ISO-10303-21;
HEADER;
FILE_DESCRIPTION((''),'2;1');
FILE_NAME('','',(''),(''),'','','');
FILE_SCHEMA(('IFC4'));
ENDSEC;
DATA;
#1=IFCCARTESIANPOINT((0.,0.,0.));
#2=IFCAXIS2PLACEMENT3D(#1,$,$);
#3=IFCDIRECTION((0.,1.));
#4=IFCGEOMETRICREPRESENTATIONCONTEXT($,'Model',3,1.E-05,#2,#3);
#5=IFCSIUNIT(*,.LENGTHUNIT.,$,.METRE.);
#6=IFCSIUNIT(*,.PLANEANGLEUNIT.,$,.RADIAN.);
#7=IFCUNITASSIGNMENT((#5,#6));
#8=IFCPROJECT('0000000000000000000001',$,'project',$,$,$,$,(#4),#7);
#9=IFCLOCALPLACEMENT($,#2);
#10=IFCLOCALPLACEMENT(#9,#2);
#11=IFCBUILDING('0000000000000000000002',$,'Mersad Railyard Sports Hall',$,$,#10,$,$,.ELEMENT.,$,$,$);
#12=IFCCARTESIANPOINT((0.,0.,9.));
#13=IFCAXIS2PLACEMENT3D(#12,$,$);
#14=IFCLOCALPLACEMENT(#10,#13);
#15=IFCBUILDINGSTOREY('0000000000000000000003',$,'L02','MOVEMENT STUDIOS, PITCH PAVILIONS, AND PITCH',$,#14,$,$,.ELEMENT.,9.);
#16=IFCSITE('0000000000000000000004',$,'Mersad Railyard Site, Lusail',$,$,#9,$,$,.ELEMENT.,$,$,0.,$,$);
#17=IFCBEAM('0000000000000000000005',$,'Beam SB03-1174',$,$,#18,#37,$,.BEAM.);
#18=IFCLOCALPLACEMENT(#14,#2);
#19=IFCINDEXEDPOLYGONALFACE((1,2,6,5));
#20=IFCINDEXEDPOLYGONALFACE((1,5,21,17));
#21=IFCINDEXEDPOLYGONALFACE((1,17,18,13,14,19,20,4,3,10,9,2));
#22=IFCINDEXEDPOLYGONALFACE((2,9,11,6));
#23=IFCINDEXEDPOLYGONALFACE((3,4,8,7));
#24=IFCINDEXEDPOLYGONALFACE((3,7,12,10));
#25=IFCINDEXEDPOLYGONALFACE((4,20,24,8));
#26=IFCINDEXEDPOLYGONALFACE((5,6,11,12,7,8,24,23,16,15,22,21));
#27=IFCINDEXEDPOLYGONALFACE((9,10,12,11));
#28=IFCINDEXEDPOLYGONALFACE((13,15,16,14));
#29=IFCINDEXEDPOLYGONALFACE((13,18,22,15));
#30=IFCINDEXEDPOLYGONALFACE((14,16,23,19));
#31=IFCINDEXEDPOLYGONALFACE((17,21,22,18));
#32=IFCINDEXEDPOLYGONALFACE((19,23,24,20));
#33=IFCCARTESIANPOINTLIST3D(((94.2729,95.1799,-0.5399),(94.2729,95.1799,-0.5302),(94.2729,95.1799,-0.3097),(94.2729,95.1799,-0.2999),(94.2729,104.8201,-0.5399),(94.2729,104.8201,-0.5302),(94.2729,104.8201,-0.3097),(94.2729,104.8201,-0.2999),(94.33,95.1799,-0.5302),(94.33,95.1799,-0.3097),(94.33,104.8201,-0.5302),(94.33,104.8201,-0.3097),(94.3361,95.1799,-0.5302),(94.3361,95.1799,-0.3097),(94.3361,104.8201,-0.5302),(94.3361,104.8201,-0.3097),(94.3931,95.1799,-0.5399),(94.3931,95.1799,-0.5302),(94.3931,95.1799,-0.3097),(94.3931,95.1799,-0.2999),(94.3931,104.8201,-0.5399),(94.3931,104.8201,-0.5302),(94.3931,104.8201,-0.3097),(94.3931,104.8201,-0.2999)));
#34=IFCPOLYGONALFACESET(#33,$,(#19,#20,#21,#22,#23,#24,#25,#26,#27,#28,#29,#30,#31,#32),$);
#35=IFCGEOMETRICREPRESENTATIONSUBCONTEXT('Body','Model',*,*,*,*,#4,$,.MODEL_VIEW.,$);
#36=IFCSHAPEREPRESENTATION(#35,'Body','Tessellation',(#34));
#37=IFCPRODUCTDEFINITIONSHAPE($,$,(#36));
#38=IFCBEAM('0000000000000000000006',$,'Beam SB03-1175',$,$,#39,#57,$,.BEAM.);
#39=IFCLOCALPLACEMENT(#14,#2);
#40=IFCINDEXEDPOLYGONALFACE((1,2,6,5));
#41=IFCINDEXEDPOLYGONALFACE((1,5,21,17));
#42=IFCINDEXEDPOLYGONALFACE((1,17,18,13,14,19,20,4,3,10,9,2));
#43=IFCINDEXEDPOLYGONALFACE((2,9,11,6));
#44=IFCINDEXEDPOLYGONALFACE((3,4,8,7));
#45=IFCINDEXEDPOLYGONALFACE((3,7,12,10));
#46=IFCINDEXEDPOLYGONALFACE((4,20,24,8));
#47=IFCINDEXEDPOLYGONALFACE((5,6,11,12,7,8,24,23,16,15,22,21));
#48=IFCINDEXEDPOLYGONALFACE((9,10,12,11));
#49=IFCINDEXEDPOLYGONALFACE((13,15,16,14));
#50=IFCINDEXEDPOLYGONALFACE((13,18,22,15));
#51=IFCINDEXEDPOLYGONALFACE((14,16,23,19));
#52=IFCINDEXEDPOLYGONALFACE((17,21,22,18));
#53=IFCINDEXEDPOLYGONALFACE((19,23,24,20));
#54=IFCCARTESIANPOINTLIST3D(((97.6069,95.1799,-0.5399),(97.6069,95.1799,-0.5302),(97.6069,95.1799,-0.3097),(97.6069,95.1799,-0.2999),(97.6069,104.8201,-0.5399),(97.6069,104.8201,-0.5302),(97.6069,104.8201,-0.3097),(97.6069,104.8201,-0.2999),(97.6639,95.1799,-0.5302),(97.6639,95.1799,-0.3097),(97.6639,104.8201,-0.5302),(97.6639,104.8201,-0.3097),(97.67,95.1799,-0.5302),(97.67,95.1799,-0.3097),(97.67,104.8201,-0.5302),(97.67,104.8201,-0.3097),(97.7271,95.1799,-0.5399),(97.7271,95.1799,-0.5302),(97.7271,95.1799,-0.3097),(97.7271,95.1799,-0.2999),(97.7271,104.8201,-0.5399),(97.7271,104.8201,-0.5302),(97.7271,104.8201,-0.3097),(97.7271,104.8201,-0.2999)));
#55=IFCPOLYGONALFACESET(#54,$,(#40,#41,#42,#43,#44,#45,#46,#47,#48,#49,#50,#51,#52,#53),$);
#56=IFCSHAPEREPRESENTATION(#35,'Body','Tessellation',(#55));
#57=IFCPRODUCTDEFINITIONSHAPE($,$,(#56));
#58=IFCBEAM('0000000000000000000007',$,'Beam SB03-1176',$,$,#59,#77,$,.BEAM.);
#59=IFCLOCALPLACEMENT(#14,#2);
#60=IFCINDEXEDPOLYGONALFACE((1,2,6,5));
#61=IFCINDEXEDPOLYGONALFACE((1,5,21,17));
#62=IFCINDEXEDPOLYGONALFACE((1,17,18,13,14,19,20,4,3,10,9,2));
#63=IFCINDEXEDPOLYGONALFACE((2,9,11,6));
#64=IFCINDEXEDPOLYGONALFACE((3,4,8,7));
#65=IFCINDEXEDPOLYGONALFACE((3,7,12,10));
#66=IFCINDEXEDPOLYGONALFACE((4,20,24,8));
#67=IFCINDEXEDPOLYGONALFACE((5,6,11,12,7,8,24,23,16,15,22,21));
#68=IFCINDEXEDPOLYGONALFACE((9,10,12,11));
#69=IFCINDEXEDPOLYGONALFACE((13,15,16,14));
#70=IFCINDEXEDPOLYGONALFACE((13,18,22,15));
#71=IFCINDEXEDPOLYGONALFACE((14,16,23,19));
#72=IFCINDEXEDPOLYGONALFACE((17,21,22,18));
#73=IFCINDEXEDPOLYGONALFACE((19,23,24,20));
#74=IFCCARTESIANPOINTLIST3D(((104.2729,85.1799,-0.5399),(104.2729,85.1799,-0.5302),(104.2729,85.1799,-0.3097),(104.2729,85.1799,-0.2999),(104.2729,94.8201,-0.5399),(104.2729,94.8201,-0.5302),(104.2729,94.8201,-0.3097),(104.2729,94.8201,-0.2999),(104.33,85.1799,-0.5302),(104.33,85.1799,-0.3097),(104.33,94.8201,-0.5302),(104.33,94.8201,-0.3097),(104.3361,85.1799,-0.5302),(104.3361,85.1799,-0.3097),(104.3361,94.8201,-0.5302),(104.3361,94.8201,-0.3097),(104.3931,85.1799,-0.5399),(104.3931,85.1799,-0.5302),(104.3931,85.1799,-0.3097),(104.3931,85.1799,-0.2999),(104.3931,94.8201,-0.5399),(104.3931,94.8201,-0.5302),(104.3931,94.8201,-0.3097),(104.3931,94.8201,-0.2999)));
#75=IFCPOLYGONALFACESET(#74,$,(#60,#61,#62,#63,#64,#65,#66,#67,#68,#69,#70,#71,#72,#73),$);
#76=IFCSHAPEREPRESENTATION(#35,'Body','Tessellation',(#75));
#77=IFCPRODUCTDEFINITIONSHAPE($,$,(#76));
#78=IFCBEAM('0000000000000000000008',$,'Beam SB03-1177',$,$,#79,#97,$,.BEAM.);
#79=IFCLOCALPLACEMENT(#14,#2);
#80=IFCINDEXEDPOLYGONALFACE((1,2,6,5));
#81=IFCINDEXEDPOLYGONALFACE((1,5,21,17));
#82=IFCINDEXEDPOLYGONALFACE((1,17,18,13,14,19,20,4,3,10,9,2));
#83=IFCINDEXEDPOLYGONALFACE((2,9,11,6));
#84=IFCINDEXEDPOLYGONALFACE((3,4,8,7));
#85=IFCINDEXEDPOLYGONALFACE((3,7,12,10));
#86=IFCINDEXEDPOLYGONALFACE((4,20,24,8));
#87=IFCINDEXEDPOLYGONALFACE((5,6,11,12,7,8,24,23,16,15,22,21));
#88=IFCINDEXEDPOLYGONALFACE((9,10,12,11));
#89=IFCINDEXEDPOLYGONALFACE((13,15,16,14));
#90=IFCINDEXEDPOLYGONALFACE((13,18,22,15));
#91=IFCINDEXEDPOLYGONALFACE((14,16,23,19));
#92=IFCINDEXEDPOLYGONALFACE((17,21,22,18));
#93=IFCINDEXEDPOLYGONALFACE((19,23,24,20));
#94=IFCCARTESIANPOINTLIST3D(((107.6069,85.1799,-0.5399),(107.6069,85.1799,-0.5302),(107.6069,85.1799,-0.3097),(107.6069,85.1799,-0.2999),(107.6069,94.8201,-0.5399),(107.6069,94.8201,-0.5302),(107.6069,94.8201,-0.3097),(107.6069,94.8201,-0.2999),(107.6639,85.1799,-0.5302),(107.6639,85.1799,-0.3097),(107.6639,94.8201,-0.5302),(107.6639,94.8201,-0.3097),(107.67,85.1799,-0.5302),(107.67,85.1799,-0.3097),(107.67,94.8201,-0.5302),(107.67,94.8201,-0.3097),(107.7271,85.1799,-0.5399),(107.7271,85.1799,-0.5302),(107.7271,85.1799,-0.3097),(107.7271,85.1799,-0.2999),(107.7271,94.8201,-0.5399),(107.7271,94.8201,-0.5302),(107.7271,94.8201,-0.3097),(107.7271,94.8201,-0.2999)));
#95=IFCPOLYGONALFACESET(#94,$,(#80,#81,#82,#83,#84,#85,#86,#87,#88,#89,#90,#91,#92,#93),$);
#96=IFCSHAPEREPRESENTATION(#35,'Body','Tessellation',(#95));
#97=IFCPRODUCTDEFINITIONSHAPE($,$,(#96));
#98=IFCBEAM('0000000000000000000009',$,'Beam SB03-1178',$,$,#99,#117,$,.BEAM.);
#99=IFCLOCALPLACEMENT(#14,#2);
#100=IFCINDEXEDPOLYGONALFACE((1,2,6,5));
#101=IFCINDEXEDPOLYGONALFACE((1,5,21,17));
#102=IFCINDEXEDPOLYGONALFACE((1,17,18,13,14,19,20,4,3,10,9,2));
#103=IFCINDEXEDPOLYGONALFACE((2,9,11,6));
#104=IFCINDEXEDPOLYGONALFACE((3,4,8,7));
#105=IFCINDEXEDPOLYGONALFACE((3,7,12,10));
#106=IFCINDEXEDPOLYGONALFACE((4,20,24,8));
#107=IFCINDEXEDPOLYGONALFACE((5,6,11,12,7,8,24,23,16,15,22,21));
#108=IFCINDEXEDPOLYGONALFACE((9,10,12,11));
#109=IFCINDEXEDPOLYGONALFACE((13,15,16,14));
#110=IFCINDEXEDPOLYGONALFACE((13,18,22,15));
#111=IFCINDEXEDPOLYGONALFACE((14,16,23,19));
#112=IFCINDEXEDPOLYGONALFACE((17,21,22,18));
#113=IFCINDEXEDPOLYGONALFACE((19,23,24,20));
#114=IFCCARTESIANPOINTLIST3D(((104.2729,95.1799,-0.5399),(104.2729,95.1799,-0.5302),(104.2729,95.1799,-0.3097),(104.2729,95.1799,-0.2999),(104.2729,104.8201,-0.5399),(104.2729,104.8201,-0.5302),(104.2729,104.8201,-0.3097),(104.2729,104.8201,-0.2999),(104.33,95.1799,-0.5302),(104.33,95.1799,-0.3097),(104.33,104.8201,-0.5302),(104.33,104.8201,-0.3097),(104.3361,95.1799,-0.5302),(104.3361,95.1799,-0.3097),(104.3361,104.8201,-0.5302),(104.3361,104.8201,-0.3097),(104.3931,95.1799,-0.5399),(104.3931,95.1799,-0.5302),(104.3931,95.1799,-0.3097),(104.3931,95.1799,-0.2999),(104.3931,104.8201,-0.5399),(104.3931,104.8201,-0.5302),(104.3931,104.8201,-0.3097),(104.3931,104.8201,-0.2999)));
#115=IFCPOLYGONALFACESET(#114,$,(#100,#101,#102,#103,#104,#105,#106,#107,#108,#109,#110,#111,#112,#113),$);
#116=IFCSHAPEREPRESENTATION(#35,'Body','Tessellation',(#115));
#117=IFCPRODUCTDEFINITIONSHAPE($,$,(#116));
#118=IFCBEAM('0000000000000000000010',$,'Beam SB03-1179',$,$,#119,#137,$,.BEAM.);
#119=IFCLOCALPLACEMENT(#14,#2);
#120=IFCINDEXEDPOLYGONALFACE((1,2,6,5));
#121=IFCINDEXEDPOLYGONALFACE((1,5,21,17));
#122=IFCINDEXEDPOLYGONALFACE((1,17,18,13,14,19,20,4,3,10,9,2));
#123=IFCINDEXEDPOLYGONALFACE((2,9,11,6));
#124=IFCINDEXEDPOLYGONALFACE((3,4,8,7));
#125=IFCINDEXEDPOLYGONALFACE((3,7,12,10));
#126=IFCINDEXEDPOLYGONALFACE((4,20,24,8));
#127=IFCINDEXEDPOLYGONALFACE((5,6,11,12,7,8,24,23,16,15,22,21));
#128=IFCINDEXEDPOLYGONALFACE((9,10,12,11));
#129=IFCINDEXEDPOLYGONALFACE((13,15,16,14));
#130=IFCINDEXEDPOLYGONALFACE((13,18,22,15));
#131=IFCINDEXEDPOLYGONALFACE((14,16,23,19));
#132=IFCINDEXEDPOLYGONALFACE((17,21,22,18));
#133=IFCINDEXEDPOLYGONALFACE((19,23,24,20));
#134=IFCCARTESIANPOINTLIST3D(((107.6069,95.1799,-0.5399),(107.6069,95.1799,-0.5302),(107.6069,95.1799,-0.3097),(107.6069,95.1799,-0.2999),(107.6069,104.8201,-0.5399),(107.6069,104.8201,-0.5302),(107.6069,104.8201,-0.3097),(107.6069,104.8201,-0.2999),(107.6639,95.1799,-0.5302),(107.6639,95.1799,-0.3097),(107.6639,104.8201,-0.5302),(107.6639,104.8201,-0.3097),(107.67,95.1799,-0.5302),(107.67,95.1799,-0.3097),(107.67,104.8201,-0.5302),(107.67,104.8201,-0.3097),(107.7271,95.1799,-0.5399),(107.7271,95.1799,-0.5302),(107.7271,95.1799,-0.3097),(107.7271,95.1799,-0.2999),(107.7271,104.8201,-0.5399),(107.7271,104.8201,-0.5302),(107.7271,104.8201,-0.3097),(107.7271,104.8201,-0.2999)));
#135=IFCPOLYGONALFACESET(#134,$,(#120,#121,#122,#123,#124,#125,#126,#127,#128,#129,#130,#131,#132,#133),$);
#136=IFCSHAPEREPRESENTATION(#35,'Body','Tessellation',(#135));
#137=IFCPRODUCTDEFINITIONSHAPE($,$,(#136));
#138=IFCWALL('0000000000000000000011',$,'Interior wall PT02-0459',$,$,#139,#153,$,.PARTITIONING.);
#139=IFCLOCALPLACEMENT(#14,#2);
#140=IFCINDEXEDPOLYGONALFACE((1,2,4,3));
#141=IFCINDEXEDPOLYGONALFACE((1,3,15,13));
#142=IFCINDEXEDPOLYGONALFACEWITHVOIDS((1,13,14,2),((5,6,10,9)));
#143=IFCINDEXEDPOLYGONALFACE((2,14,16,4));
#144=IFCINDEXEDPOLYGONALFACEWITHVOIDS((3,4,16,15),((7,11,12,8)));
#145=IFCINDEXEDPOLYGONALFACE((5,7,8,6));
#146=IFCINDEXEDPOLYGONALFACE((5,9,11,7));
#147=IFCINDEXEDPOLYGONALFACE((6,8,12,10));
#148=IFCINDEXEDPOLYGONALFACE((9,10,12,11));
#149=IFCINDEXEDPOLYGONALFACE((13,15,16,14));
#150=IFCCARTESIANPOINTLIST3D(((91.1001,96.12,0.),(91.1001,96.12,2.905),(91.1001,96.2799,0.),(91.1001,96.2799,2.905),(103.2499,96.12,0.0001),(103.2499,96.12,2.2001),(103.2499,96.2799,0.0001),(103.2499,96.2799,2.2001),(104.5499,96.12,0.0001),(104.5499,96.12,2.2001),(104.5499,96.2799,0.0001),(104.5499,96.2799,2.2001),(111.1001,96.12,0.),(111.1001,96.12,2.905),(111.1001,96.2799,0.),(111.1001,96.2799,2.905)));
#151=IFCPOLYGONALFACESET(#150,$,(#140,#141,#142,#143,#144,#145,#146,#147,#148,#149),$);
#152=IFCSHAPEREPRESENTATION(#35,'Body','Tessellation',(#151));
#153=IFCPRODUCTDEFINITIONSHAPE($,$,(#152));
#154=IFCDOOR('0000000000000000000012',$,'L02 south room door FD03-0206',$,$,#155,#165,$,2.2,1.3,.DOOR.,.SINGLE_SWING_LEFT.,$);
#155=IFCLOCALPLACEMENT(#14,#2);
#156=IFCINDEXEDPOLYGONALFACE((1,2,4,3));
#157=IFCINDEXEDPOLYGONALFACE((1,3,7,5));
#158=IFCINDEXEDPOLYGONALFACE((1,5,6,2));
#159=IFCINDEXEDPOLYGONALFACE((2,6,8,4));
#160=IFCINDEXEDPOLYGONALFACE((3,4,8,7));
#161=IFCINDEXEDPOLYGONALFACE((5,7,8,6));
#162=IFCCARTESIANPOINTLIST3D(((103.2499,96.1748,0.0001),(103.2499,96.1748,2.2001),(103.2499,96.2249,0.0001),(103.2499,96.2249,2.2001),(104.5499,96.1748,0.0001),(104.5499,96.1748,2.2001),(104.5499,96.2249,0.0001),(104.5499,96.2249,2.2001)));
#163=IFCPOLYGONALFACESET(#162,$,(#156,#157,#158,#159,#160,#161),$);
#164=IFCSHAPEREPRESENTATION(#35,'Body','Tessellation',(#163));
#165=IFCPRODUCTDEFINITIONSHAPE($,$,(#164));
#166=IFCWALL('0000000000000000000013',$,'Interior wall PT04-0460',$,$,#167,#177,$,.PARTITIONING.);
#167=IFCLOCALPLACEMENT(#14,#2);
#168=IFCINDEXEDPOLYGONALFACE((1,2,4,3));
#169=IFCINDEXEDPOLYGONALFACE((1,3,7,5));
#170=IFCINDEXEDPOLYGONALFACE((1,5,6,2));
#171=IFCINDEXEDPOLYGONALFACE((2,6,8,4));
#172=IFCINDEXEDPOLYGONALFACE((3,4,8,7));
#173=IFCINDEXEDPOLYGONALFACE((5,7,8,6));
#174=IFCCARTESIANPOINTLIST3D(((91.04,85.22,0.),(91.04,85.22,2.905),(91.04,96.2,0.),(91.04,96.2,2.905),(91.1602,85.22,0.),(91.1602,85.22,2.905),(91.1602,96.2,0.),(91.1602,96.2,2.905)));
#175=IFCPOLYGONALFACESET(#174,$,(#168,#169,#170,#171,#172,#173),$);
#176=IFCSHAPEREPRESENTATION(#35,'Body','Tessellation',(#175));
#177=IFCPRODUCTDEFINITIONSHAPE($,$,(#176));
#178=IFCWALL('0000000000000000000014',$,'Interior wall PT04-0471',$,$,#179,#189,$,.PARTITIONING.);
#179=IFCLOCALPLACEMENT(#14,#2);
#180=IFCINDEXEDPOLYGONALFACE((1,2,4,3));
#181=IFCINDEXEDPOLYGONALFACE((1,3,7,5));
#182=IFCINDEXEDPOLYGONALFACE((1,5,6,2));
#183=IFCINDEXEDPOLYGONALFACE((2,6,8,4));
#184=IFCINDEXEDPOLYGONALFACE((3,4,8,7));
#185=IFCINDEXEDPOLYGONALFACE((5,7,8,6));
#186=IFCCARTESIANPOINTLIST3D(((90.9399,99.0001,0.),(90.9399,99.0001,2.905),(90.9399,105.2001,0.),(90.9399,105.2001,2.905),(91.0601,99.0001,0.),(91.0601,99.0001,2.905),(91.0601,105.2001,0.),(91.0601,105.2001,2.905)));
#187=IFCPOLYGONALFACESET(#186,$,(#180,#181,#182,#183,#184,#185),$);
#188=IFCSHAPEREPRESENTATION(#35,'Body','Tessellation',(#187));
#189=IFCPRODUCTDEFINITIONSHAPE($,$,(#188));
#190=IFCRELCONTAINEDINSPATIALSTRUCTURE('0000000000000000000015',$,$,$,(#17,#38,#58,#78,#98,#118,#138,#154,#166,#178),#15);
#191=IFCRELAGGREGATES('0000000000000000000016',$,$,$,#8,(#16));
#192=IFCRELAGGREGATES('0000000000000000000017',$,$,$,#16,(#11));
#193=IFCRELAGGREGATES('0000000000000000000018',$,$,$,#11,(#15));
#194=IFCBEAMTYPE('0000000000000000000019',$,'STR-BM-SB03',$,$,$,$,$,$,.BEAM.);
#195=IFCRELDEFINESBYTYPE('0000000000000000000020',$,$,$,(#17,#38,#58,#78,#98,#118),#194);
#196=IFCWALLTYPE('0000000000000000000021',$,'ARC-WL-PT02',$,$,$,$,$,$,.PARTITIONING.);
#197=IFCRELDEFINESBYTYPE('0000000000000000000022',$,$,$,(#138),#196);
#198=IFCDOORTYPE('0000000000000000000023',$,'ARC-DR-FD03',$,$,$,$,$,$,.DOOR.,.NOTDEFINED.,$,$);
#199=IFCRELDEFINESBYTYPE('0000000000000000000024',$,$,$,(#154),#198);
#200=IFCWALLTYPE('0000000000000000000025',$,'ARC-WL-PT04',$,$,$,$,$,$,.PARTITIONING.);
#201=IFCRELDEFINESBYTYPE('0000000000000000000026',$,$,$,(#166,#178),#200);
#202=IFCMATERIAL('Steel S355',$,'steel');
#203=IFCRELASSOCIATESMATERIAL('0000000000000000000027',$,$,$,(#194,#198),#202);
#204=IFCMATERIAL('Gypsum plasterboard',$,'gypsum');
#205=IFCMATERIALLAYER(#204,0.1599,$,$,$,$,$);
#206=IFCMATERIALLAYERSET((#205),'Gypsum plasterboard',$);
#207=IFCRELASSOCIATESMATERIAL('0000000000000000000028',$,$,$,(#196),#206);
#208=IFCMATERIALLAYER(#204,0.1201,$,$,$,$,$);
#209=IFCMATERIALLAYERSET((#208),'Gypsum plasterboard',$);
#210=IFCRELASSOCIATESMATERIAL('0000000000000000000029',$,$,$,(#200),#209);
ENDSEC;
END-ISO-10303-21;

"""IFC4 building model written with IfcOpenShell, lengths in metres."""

from ifc_helpers import new_model, si_unit, direction, frame, frame_2d, origin, origin_2d, place, context, subcontext, project, spatial, rectangle, i_section, extrude, material, layer, layer_set, material_profile, profile_set, type_object, element, fill, save


model = new_model("IFC4")

# Units and contexts
model_context = context("Model", 3, precision=1e-05, world=origin(), true_north=direction((0.0, 1.0)))
body_context = subcontext(model_context, "Body", "Model", "MODEL_VIEW")
ifc_project = project(units=[si_unit("LENGTHUNIT", "METRE"), si_unit("PLANEANGLEUNIT", "RADIAN")], contexts=[model_context])

# Site, building, storey
site_placement = place(None, origin())
site = spatial("IfcSite", under=ifc_project, at=site_placement, Name="Mersad Railyard Site, Lusail", CompositionType="ELEMENT", RefElevation=0.0)
building_placement = place(site_placement, origin())
building = spatial("IfcBuilding", under=site, at=building_placement, Name="Mersad Railyard Sports Hall", CompositionType="ELEMENT")
storey_placement = place(building_placement, frame((0.0, 0.0, 9.0)))
storey = spatial("IfcBuildingStorey", under=building, at=storey_placement, Name="L02", Description="MOVEMENT STUDIOS, PITCH PAVILIONS, AND PITCH", CompositionType="ELEMENT", Elevation=9.0)

# Beams
ifc_material_1 = material(Name="Steel S355", Category="steel")
ifc_material_profile_1 = material_profile(ifc_material_1, i_section(OverallWidth=0.1201, OverallDepth=0.24, WebThickness=0.0061, FlangeThickness=0.0098, at=origin_2d()), Name="IPE 240")
ifc_profile_set_1 = profile_set([ifc_material_profile_1], Name="Steel S355")
beam_type_1 = type_object("IfcBeamType", Name="STR-BM-SB03", PredefinedType="BEAM", material=ifc_profile_set_1)
for number, where, z_axis, x_axis, name in (
    (1, (94.333, 95.1799, -0.4199), (0.0, 1.0, 0.0), (-1.0, 0.0, 0.0), "Beam SB03-1174"),
    (2, (97.667, 95.1799, -0.4199), (0.0, 1.0, 0.0), (-1.0, 0.0, 0.0), "Beam SB03-1175"),
    (3, (104.333, 85.1799, -0.4199), (0.0, 1.0, 0.0), (-1.0, 0.0, 0.0), "Beam SB03-1176"),
    (4, (107.667, 85.1799, -0.4199), (0.0, 1.0, 0.0), (-1.0, 0.0, 0.0), "Beam SB03-1177"),
    (5, (104.333, 95.1799, -0.4199), (0.0, 1.0, 0.0), (-1.0, 0.0, 0.0), "Beam SB03-1178"),
    (6, (107.667, 95.1799, -0.4199), (0.0, 1.0, 0.0), (-1.0, 0.0, 0.0), "Beam SB03-1179"),
):
    element("IfcBeam", number, at=place(storey_placement, frame(where, z_axis=z_axis, x_axis=x_axis)), inside=storey, type_object=beam_type_1, Name=name, PredefinedType="BEAM", context=body_context, shape_type="SweptSolid", body=[
        extrude(i_section(OverallWidth=0.1201, OverallDepth=0.24, WebThickness=0.0061, FlangeThickness=0.0098, at=origin_2d()), origin(), (0.0, 0.0, 1.0), 9.6401),
    ])

# Wall, opening, door
ifc_material_2 = material(Name="Gypsum plasterboard", Category="gypsum")
ifc_layer_1 = layer(ifc_material_2, 0.1599)
ifc_layer_set_1 = layer_set([ifc_layer_1], Name="Gypsum plasterboard")
wall_type_1 = type_object("IfcWallType", Name="ARC-WL-PT02", PredefinedType="PARTITIONING", material=ifc_layer_set_1)
wall_1_placement = place(storey_placement, frame((91.1001, 96.2, 0.0), z_axis=(0.0, 0.0, 1.0), x_axis=(1.0, 0.0, 0.0)))
wall_1 = element("IfcWall", 7, at=wall_1_placement, inside=storey, type_object=wall_type_1, Name="Interior wall PT02-0459", PredefinedType="PARTITIONING", context=body_context, shape_type="SweptSolid", body=[
    extrude(rectangle(XDim=20.0, YDim=0.1599, at=frame_2d((10.0, 0.0))), origin(), (0.0, 0.0, 1.0), 2.905),
])
opening_1_placement = place(wall_1_placement, frame((12.1499, 0.0, 0.0)))
opening_1 = element("IfcOpeningElement", 8, at=opening_1_placement, cuts=wall_1, PredefinedType="OPENING", context=body_context, shape_type="SweptSolid", body=[
    extrude(rectangle(XDim=1.3, YDim=2.2, at=frame_2d((0.6499, 1.1001))), frame((0.0, 0.0898, 0.0), z_axis=(0.0, -1.0, 0.0), x_axis=(1.0, 0.0, 0.0)), (0.0, 0.0, 1.0), 0.1799),
])
door_type_1 = type_object("IfcDoorType", Name="ARC-DR-FD03", OperationType="NOTDEFINED", PredefinedType="DOOR", material=ifc_material_1)
door_1_placement = place(opening_1_placement, origin())
door_1 = element("IfcDoor", 9, at=door_1_placement, inside=storey, type_object=door_type_1, Name="L02 south room door FD03-0206", OperationType="SINGLE_SWING_LEFT", OverallHeight=2.2, OverallWidth=1.3, PredefinedType="DOOR", context=body_context, shape_type="SweptSolid", body=[
    extrude(rectangle(XDim=1.3, YDim=2.2, at=frame_2d((0.6499, 1.1001))), frame((0.0, 0.0249, 0.0), z_axis=(0.0, -1.0, 0.0), x_axis=(1.0, 0.0, 0.0)), (0.0, 0.0, 1.0), 0.05),
])
fill(opening_1, door_1)

# Walls
ifc_layer_2 = layer(ifc_material_2, 0.1201)
ifc_layer_set_2 = layer_set([ifc_layer_2], Name="Gypsum plasterboard")
wall_type_2 = type_object("IfcWallType", Name="ARC-WL-PT04", PredefinedType="PARTITIONING", material=ifc_layer_set_2)
wall_2_placement = place(storey_placement, frame((91.1001, 85.22, 0.0), z_axis=(0.0, 0.0, 1.0), x_axis=(0.0, 1.0, 0.0)))
element("IfcWall", 10, at=wall_2_placement, inside=storey, type_object=wall_type_2, Name="Interior wall PT04-0460", PredefinedType="PARTITIONING", context=body_context, shape_type="SweptSolid", body=[
    extrude(rectangle(XDim=10.98, YDim=0.1201, at=frame_2d((5.49, 0.0))), origin(), (0.0, 0.0, 1.0), 2.905),
])
wall_3_placement = place(storey_placement, frame((91.0, 99.0, 0.0), z_axis=(0.0, 0.0, 1.0), x_axis=(0.0, 1.0, 0.0)))
element("IfcWall", 11, at=wall_3_placement, inside=storey, type_object=wall_type_2, Name="Interior wall PT04-0471", PredefinedType="PARTITIONING", context=body_context, shape_type="SweptSolid", body=[
    extrude(rectangle(XDim=6.2, YDim=0.1201, at=frame_2d((3.1001, 0.0))), origin(), (0.0, 0.0, 1.0), 2.905),
])

save(model, "model.ifc")
